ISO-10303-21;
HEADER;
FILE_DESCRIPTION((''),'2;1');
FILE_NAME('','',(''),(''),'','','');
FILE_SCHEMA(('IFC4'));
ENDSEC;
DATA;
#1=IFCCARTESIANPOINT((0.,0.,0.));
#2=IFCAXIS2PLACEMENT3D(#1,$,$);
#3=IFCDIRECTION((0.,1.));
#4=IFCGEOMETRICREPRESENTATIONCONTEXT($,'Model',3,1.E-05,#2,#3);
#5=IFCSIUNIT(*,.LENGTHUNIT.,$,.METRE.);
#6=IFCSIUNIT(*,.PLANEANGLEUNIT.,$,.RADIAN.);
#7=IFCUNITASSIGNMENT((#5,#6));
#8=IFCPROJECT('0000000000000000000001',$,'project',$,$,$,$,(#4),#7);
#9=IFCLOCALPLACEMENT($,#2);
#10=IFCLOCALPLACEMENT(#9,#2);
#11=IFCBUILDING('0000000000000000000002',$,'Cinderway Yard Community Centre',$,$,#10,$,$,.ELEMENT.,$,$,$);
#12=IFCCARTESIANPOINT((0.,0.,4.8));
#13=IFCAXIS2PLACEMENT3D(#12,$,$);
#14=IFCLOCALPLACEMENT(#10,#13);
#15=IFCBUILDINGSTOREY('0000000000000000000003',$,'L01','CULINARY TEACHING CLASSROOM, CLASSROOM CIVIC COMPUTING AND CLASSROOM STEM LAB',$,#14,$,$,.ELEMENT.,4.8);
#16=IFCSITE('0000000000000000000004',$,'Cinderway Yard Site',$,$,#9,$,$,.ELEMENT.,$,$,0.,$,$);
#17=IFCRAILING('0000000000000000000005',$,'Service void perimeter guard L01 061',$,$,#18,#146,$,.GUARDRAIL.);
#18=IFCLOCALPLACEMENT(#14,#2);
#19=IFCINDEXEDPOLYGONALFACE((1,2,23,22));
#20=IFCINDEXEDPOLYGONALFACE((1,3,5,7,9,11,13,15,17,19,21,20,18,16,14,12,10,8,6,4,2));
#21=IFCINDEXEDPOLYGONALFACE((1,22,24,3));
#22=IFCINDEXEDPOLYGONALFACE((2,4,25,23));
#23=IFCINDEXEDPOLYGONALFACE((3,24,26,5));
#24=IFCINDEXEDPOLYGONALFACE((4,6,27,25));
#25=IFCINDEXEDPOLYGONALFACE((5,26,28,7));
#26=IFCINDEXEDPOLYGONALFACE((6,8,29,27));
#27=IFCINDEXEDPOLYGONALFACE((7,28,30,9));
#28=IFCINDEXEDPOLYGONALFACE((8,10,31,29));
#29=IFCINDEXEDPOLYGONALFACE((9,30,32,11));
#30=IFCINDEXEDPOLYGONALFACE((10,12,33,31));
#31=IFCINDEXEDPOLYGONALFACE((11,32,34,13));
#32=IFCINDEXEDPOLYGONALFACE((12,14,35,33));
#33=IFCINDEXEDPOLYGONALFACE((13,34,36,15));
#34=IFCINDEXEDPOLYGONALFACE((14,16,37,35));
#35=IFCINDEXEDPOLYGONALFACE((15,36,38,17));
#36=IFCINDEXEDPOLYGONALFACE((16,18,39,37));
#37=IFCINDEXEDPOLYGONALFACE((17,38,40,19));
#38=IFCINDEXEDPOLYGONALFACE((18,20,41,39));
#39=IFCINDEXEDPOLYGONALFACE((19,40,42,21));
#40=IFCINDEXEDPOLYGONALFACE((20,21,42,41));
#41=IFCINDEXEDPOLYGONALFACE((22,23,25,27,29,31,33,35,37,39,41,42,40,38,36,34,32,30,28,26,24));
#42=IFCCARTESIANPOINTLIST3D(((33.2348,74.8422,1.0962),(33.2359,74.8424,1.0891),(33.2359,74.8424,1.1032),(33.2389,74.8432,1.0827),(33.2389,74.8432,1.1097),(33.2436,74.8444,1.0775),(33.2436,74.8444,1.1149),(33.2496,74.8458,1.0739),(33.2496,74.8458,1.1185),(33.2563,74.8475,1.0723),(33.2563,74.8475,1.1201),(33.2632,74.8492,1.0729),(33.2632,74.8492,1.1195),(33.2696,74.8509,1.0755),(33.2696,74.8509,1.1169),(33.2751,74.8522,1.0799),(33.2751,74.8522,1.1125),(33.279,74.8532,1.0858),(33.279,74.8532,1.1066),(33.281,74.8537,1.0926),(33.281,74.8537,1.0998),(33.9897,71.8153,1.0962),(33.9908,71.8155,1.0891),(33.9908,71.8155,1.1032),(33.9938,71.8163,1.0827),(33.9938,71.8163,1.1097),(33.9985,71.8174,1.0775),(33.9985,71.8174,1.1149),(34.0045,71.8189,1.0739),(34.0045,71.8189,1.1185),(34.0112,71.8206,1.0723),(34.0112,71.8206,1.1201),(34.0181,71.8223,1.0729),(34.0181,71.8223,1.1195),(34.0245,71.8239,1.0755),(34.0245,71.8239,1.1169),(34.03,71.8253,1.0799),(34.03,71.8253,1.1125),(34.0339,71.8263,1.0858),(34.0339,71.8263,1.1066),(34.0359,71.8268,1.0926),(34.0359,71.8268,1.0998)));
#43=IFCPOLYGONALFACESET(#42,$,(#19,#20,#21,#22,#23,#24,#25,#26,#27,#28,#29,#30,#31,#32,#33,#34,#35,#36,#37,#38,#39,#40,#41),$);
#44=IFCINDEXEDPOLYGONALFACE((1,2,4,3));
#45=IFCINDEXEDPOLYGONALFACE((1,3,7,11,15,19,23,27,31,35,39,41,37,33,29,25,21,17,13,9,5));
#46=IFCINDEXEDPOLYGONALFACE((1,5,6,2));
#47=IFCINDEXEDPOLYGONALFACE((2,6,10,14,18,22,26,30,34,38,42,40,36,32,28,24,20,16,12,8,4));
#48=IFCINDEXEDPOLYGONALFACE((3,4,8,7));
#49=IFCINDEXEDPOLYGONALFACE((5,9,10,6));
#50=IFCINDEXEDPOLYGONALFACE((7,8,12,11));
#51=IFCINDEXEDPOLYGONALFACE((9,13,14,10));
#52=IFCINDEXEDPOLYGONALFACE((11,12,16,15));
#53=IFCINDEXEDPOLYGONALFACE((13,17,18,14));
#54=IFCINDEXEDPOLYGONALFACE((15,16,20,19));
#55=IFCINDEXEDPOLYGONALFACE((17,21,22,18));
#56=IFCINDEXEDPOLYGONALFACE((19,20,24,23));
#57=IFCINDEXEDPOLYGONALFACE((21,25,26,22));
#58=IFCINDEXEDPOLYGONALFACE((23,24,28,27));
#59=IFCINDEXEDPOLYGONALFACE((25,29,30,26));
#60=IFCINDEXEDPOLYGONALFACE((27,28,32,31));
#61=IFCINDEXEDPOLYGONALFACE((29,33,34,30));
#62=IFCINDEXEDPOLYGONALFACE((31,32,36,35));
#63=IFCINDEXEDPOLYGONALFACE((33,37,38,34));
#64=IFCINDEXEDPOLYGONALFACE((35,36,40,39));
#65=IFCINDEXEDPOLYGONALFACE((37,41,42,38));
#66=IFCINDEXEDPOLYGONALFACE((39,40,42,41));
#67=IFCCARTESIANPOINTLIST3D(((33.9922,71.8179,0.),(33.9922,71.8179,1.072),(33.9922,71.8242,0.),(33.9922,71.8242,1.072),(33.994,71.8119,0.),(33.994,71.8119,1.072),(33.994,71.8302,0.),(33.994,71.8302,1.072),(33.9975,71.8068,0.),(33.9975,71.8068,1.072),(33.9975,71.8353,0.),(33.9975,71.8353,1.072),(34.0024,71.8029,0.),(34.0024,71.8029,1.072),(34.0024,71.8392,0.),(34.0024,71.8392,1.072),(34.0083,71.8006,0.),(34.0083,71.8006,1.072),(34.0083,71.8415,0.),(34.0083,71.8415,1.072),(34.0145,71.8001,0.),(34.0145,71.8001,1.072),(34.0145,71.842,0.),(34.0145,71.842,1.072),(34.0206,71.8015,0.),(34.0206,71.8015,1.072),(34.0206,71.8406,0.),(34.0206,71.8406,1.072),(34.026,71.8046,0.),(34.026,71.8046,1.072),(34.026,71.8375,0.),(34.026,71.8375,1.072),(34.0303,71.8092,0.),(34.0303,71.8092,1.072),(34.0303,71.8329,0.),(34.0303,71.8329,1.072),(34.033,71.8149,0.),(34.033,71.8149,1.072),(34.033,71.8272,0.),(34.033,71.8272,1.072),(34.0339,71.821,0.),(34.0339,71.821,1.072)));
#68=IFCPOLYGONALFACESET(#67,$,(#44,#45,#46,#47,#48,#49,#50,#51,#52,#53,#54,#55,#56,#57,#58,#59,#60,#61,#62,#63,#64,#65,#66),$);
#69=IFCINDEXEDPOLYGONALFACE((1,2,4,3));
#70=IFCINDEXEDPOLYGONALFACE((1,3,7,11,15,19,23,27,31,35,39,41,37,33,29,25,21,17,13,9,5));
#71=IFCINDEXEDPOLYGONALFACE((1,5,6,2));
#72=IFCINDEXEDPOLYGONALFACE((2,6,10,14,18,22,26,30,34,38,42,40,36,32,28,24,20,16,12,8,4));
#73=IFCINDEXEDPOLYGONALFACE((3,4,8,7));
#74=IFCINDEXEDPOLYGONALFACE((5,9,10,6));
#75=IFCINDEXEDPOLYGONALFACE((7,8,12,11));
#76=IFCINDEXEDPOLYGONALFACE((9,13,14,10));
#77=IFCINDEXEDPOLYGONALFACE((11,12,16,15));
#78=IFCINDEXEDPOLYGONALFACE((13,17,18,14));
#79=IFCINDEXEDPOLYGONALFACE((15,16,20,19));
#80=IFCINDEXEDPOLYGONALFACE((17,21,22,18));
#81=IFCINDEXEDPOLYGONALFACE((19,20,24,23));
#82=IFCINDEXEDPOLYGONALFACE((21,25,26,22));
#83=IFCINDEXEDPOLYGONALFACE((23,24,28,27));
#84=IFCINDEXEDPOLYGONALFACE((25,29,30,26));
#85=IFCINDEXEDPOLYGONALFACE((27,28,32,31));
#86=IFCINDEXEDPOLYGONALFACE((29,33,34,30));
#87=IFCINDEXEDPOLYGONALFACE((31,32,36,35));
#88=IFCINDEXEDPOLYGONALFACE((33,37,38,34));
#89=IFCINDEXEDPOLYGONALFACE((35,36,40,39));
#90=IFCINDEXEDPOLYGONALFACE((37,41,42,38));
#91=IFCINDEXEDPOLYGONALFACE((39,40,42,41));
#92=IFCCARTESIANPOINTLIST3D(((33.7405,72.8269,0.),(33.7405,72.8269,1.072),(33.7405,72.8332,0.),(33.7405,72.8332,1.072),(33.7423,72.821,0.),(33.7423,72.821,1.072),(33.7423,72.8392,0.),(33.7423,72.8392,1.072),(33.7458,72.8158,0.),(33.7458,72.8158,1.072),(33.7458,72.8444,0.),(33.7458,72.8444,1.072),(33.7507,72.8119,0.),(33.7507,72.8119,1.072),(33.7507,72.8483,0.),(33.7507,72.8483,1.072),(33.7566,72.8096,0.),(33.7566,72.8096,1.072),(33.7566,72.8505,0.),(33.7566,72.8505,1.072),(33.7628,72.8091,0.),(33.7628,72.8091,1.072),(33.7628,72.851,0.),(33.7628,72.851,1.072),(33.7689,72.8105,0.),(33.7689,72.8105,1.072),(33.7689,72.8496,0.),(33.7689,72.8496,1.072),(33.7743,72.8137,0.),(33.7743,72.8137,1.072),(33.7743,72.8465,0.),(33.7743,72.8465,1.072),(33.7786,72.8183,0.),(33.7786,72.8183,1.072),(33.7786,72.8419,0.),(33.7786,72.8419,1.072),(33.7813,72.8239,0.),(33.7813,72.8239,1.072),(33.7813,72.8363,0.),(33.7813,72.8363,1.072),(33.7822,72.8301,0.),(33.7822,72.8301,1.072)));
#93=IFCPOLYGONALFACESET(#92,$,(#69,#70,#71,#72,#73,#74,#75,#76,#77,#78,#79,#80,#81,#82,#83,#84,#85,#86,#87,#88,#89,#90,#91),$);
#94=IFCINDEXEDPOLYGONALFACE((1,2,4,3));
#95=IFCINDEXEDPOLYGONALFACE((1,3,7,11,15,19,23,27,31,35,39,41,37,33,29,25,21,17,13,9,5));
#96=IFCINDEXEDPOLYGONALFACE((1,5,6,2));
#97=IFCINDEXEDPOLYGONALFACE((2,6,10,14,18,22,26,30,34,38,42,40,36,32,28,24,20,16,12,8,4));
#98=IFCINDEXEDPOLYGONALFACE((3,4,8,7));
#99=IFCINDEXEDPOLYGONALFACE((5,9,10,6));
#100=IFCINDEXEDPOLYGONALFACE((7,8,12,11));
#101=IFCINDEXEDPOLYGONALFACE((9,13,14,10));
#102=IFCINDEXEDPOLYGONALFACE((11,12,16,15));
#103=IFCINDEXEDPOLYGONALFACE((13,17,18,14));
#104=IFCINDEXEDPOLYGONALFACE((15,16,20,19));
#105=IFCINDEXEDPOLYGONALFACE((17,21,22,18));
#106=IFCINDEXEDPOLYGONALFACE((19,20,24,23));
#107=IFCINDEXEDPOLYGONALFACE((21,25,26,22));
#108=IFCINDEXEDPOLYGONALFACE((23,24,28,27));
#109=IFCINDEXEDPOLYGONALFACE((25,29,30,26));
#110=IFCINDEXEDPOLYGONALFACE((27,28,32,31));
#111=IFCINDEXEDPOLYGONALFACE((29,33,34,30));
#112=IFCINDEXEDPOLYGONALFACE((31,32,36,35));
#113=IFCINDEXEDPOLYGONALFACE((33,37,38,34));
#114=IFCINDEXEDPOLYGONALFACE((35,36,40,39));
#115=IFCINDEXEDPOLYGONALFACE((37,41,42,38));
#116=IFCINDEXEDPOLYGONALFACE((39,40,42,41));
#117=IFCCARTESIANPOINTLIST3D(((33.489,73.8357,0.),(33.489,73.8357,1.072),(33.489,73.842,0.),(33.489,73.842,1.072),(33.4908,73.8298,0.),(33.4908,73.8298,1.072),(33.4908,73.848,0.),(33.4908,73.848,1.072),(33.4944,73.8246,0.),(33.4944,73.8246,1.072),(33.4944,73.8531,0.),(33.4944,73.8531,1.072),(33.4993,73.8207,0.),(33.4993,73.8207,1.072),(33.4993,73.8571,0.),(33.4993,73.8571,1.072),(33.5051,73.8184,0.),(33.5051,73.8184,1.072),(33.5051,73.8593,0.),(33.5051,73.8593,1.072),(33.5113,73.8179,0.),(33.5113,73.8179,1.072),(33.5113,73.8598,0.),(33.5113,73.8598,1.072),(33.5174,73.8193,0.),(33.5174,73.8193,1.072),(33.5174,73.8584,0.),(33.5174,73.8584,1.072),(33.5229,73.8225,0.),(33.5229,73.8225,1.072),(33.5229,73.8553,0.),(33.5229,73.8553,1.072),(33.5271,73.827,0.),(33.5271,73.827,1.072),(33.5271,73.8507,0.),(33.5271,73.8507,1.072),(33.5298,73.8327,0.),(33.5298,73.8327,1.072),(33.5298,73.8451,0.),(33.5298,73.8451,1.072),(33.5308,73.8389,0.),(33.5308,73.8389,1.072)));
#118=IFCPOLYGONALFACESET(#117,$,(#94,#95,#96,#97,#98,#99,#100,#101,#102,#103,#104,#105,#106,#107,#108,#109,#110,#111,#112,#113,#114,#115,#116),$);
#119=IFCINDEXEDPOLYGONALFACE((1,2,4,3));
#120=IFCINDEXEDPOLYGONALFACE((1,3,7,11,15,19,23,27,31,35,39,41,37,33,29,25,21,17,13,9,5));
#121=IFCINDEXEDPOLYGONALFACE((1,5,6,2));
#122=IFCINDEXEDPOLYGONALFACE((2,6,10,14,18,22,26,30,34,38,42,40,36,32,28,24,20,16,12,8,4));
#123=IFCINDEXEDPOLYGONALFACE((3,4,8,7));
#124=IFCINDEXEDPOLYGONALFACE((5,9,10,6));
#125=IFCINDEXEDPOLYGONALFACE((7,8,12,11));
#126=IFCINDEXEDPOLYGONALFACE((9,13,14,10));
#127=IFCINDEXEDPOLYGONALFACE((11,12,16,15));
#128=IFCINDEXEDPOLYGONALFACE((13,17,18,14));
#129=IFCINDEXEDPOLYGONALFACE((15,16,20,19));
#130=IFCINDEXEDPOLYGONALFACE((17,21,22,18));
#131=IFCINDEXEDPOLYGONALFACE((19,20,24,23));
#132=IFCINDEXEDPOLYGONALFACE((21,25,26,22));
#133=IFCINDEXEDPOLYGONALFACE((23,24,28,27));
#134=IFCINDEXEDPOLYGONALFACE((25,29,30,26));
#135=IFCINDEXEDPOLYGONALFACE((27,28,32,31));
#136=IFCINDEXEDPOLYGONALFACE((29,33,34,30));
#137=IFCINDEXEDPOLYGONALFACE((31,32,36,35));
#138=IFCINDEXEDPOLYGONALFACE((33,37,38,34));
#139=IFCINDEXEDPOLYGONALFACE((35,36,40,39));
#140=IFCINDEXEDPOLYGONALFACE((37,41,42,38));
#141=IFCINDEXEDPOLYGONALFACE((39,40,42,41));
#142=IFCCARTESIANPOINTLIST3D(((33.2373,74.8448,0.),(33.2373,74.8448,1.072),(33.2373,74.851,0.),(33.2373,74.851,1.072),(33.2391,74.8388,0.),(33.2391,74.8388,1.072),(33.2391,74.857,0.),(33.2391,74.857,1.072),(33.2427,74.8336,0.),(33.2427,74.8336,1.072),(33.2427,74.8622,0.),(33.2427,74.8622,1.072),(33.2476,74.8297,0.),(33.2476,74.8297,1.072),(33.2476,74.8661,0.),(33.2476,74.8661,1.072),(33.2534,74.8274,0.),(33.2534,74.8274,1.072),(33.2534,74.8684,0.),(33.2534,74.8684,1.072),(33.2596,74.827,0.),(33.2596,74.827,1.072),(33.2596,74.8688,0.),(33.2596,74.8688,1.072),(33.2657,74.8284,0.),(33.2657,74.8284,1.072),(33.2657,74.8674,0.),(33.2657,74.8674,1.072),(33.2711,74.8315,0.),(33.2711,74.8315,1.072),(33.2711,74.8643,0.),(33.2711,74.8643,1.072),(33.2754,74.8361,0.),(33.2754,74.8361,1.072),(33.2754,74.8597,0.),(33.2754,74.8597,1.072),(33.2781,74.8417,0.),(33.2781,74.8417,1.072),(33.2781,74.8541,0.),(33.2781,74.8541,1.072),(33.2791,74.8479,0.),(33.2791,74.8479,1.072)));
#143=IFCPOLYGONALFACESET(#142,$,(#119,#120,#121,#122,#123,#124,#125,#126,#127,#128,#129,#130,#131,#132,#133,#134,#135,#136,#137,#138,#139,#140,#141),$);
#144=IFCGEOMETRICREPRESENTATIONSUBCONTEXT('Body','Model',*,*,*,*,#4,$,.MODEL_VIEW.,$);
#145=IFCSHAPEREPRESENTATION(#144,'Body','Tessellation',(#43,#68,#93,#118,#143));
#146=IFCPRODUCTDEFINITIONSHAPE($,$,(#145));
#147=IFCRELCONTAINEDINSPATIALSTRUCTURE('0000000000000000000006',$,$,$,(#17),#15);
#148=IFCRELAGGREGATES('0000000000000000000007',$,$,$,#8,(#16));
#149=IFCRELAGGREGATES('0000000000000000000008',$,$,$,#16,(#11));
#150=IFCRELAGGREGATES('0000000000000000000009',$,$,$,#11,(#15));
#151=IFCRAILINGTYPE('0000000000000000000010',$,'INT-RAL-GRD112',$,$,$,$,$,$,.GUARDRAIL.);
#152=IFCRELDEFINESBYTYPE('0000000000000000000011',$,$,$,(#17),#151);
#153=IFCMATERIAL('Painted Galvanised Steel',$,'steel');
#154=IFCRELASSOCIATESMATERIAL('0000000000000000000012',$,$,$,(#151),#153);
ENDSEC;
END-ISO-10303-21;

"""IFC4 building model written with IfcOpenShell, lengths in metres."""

from ifc_helpers import new_model, si_unit, direction, frame, origin, origin_2d, place, context, subcontext, project, spatial, circle, extrude, material, type_object, element, save


model = new_model("IFC4")

# Units and contexts
model_context = context("Model", 3, precision=1e-05, world=origin(), true_north=direction((0.0, 1.0)))
body_context = subcontext(model_context, "Body", "Model", "MODEL_VIEW")
ifc_project = project(units=[si_unit("LENGTHUNIT", "METRE"), si_unit("PLANEANGLEUNIT", "RADIAN")], contexts=[model_context])

# Site, building, storey
site_placement = place(None, origin())
site = spatial("IfcSite", under=ifc_project, at=site_placement, Name="Cinderway Yard Site", CompositionType="ELEMENT", RefElevation=0.0)
building_placement = place(site_placement, origin())
building = spatial("IfcBuilding", under=site, at=building_placement, Name="Cinderway Yard Community Centre", CompositionType="ELEMENT")
storey_placement = place(building_placement, frame((0.0, 0.0, 4.8)))
storey = spatial("IfcBuildingStorey", under=building, at=storey_placement, Name="L01", Description="CULINARY TEACHING CLASSROOM, CLASSROOM CIVIC COMPUTING AND CLASSROOM STEM LAB", CompositionType="ELEMENT", Elevation=4.8)

# Railing
ifc_material_1 = material(Name="Painted Galvanised Steel", Category="steel")
railing_type_1 = type_object("IfcRailingType", Name="INT-RAL-GRD112", PredefinedType="GUARDRAIL", material=ifc_material_1)
railing_1_placement = place(storey_placement, frame((34.0129, 71.821, 0.0)))
element("IfcRailing", 1, at=railing_1_placement, inside=storey, type_object=railing_type_1, Name="Service void perimeter guard L01 061", PredefinedType="GUARDRAIL", context=body_context, shape_type="SweptSolid", body=[
    extrude(circle(Radius=0.0239, at=origin_2d()), frame((0.0, 0.0, 1.0962), z_axis=(-0.241983, 0.97028, 0.0), x_axis=(-0.97028, -0.241983, 0.0)), (0.0, 0.0, 1.0), 3.1196),
    extrude(circle(Radius=0.021, at=origin_2d()), origin(), (0.0, 0.0, 1.0), 1.072),
    extrude(circle(Radius=0.021, at=origin_2d()), frame((-0.2517, 1.009, 0.0)), (0.0, 0.0, 1.0), 1.072),
    extrude(circle(Radius=0.021, at=origin_2d()), frame((-0.5032, 2.0178, 0.0)), (0.0, 0.0, 1.0), 1.072),
    extrude(circle(Radius=0.021, at=origin_2d()), frame((-0.7549, 3.0269, 0.0)), (0.0, 0.0, 1.0), 1.072),
])

save(model, "model.ifc")
